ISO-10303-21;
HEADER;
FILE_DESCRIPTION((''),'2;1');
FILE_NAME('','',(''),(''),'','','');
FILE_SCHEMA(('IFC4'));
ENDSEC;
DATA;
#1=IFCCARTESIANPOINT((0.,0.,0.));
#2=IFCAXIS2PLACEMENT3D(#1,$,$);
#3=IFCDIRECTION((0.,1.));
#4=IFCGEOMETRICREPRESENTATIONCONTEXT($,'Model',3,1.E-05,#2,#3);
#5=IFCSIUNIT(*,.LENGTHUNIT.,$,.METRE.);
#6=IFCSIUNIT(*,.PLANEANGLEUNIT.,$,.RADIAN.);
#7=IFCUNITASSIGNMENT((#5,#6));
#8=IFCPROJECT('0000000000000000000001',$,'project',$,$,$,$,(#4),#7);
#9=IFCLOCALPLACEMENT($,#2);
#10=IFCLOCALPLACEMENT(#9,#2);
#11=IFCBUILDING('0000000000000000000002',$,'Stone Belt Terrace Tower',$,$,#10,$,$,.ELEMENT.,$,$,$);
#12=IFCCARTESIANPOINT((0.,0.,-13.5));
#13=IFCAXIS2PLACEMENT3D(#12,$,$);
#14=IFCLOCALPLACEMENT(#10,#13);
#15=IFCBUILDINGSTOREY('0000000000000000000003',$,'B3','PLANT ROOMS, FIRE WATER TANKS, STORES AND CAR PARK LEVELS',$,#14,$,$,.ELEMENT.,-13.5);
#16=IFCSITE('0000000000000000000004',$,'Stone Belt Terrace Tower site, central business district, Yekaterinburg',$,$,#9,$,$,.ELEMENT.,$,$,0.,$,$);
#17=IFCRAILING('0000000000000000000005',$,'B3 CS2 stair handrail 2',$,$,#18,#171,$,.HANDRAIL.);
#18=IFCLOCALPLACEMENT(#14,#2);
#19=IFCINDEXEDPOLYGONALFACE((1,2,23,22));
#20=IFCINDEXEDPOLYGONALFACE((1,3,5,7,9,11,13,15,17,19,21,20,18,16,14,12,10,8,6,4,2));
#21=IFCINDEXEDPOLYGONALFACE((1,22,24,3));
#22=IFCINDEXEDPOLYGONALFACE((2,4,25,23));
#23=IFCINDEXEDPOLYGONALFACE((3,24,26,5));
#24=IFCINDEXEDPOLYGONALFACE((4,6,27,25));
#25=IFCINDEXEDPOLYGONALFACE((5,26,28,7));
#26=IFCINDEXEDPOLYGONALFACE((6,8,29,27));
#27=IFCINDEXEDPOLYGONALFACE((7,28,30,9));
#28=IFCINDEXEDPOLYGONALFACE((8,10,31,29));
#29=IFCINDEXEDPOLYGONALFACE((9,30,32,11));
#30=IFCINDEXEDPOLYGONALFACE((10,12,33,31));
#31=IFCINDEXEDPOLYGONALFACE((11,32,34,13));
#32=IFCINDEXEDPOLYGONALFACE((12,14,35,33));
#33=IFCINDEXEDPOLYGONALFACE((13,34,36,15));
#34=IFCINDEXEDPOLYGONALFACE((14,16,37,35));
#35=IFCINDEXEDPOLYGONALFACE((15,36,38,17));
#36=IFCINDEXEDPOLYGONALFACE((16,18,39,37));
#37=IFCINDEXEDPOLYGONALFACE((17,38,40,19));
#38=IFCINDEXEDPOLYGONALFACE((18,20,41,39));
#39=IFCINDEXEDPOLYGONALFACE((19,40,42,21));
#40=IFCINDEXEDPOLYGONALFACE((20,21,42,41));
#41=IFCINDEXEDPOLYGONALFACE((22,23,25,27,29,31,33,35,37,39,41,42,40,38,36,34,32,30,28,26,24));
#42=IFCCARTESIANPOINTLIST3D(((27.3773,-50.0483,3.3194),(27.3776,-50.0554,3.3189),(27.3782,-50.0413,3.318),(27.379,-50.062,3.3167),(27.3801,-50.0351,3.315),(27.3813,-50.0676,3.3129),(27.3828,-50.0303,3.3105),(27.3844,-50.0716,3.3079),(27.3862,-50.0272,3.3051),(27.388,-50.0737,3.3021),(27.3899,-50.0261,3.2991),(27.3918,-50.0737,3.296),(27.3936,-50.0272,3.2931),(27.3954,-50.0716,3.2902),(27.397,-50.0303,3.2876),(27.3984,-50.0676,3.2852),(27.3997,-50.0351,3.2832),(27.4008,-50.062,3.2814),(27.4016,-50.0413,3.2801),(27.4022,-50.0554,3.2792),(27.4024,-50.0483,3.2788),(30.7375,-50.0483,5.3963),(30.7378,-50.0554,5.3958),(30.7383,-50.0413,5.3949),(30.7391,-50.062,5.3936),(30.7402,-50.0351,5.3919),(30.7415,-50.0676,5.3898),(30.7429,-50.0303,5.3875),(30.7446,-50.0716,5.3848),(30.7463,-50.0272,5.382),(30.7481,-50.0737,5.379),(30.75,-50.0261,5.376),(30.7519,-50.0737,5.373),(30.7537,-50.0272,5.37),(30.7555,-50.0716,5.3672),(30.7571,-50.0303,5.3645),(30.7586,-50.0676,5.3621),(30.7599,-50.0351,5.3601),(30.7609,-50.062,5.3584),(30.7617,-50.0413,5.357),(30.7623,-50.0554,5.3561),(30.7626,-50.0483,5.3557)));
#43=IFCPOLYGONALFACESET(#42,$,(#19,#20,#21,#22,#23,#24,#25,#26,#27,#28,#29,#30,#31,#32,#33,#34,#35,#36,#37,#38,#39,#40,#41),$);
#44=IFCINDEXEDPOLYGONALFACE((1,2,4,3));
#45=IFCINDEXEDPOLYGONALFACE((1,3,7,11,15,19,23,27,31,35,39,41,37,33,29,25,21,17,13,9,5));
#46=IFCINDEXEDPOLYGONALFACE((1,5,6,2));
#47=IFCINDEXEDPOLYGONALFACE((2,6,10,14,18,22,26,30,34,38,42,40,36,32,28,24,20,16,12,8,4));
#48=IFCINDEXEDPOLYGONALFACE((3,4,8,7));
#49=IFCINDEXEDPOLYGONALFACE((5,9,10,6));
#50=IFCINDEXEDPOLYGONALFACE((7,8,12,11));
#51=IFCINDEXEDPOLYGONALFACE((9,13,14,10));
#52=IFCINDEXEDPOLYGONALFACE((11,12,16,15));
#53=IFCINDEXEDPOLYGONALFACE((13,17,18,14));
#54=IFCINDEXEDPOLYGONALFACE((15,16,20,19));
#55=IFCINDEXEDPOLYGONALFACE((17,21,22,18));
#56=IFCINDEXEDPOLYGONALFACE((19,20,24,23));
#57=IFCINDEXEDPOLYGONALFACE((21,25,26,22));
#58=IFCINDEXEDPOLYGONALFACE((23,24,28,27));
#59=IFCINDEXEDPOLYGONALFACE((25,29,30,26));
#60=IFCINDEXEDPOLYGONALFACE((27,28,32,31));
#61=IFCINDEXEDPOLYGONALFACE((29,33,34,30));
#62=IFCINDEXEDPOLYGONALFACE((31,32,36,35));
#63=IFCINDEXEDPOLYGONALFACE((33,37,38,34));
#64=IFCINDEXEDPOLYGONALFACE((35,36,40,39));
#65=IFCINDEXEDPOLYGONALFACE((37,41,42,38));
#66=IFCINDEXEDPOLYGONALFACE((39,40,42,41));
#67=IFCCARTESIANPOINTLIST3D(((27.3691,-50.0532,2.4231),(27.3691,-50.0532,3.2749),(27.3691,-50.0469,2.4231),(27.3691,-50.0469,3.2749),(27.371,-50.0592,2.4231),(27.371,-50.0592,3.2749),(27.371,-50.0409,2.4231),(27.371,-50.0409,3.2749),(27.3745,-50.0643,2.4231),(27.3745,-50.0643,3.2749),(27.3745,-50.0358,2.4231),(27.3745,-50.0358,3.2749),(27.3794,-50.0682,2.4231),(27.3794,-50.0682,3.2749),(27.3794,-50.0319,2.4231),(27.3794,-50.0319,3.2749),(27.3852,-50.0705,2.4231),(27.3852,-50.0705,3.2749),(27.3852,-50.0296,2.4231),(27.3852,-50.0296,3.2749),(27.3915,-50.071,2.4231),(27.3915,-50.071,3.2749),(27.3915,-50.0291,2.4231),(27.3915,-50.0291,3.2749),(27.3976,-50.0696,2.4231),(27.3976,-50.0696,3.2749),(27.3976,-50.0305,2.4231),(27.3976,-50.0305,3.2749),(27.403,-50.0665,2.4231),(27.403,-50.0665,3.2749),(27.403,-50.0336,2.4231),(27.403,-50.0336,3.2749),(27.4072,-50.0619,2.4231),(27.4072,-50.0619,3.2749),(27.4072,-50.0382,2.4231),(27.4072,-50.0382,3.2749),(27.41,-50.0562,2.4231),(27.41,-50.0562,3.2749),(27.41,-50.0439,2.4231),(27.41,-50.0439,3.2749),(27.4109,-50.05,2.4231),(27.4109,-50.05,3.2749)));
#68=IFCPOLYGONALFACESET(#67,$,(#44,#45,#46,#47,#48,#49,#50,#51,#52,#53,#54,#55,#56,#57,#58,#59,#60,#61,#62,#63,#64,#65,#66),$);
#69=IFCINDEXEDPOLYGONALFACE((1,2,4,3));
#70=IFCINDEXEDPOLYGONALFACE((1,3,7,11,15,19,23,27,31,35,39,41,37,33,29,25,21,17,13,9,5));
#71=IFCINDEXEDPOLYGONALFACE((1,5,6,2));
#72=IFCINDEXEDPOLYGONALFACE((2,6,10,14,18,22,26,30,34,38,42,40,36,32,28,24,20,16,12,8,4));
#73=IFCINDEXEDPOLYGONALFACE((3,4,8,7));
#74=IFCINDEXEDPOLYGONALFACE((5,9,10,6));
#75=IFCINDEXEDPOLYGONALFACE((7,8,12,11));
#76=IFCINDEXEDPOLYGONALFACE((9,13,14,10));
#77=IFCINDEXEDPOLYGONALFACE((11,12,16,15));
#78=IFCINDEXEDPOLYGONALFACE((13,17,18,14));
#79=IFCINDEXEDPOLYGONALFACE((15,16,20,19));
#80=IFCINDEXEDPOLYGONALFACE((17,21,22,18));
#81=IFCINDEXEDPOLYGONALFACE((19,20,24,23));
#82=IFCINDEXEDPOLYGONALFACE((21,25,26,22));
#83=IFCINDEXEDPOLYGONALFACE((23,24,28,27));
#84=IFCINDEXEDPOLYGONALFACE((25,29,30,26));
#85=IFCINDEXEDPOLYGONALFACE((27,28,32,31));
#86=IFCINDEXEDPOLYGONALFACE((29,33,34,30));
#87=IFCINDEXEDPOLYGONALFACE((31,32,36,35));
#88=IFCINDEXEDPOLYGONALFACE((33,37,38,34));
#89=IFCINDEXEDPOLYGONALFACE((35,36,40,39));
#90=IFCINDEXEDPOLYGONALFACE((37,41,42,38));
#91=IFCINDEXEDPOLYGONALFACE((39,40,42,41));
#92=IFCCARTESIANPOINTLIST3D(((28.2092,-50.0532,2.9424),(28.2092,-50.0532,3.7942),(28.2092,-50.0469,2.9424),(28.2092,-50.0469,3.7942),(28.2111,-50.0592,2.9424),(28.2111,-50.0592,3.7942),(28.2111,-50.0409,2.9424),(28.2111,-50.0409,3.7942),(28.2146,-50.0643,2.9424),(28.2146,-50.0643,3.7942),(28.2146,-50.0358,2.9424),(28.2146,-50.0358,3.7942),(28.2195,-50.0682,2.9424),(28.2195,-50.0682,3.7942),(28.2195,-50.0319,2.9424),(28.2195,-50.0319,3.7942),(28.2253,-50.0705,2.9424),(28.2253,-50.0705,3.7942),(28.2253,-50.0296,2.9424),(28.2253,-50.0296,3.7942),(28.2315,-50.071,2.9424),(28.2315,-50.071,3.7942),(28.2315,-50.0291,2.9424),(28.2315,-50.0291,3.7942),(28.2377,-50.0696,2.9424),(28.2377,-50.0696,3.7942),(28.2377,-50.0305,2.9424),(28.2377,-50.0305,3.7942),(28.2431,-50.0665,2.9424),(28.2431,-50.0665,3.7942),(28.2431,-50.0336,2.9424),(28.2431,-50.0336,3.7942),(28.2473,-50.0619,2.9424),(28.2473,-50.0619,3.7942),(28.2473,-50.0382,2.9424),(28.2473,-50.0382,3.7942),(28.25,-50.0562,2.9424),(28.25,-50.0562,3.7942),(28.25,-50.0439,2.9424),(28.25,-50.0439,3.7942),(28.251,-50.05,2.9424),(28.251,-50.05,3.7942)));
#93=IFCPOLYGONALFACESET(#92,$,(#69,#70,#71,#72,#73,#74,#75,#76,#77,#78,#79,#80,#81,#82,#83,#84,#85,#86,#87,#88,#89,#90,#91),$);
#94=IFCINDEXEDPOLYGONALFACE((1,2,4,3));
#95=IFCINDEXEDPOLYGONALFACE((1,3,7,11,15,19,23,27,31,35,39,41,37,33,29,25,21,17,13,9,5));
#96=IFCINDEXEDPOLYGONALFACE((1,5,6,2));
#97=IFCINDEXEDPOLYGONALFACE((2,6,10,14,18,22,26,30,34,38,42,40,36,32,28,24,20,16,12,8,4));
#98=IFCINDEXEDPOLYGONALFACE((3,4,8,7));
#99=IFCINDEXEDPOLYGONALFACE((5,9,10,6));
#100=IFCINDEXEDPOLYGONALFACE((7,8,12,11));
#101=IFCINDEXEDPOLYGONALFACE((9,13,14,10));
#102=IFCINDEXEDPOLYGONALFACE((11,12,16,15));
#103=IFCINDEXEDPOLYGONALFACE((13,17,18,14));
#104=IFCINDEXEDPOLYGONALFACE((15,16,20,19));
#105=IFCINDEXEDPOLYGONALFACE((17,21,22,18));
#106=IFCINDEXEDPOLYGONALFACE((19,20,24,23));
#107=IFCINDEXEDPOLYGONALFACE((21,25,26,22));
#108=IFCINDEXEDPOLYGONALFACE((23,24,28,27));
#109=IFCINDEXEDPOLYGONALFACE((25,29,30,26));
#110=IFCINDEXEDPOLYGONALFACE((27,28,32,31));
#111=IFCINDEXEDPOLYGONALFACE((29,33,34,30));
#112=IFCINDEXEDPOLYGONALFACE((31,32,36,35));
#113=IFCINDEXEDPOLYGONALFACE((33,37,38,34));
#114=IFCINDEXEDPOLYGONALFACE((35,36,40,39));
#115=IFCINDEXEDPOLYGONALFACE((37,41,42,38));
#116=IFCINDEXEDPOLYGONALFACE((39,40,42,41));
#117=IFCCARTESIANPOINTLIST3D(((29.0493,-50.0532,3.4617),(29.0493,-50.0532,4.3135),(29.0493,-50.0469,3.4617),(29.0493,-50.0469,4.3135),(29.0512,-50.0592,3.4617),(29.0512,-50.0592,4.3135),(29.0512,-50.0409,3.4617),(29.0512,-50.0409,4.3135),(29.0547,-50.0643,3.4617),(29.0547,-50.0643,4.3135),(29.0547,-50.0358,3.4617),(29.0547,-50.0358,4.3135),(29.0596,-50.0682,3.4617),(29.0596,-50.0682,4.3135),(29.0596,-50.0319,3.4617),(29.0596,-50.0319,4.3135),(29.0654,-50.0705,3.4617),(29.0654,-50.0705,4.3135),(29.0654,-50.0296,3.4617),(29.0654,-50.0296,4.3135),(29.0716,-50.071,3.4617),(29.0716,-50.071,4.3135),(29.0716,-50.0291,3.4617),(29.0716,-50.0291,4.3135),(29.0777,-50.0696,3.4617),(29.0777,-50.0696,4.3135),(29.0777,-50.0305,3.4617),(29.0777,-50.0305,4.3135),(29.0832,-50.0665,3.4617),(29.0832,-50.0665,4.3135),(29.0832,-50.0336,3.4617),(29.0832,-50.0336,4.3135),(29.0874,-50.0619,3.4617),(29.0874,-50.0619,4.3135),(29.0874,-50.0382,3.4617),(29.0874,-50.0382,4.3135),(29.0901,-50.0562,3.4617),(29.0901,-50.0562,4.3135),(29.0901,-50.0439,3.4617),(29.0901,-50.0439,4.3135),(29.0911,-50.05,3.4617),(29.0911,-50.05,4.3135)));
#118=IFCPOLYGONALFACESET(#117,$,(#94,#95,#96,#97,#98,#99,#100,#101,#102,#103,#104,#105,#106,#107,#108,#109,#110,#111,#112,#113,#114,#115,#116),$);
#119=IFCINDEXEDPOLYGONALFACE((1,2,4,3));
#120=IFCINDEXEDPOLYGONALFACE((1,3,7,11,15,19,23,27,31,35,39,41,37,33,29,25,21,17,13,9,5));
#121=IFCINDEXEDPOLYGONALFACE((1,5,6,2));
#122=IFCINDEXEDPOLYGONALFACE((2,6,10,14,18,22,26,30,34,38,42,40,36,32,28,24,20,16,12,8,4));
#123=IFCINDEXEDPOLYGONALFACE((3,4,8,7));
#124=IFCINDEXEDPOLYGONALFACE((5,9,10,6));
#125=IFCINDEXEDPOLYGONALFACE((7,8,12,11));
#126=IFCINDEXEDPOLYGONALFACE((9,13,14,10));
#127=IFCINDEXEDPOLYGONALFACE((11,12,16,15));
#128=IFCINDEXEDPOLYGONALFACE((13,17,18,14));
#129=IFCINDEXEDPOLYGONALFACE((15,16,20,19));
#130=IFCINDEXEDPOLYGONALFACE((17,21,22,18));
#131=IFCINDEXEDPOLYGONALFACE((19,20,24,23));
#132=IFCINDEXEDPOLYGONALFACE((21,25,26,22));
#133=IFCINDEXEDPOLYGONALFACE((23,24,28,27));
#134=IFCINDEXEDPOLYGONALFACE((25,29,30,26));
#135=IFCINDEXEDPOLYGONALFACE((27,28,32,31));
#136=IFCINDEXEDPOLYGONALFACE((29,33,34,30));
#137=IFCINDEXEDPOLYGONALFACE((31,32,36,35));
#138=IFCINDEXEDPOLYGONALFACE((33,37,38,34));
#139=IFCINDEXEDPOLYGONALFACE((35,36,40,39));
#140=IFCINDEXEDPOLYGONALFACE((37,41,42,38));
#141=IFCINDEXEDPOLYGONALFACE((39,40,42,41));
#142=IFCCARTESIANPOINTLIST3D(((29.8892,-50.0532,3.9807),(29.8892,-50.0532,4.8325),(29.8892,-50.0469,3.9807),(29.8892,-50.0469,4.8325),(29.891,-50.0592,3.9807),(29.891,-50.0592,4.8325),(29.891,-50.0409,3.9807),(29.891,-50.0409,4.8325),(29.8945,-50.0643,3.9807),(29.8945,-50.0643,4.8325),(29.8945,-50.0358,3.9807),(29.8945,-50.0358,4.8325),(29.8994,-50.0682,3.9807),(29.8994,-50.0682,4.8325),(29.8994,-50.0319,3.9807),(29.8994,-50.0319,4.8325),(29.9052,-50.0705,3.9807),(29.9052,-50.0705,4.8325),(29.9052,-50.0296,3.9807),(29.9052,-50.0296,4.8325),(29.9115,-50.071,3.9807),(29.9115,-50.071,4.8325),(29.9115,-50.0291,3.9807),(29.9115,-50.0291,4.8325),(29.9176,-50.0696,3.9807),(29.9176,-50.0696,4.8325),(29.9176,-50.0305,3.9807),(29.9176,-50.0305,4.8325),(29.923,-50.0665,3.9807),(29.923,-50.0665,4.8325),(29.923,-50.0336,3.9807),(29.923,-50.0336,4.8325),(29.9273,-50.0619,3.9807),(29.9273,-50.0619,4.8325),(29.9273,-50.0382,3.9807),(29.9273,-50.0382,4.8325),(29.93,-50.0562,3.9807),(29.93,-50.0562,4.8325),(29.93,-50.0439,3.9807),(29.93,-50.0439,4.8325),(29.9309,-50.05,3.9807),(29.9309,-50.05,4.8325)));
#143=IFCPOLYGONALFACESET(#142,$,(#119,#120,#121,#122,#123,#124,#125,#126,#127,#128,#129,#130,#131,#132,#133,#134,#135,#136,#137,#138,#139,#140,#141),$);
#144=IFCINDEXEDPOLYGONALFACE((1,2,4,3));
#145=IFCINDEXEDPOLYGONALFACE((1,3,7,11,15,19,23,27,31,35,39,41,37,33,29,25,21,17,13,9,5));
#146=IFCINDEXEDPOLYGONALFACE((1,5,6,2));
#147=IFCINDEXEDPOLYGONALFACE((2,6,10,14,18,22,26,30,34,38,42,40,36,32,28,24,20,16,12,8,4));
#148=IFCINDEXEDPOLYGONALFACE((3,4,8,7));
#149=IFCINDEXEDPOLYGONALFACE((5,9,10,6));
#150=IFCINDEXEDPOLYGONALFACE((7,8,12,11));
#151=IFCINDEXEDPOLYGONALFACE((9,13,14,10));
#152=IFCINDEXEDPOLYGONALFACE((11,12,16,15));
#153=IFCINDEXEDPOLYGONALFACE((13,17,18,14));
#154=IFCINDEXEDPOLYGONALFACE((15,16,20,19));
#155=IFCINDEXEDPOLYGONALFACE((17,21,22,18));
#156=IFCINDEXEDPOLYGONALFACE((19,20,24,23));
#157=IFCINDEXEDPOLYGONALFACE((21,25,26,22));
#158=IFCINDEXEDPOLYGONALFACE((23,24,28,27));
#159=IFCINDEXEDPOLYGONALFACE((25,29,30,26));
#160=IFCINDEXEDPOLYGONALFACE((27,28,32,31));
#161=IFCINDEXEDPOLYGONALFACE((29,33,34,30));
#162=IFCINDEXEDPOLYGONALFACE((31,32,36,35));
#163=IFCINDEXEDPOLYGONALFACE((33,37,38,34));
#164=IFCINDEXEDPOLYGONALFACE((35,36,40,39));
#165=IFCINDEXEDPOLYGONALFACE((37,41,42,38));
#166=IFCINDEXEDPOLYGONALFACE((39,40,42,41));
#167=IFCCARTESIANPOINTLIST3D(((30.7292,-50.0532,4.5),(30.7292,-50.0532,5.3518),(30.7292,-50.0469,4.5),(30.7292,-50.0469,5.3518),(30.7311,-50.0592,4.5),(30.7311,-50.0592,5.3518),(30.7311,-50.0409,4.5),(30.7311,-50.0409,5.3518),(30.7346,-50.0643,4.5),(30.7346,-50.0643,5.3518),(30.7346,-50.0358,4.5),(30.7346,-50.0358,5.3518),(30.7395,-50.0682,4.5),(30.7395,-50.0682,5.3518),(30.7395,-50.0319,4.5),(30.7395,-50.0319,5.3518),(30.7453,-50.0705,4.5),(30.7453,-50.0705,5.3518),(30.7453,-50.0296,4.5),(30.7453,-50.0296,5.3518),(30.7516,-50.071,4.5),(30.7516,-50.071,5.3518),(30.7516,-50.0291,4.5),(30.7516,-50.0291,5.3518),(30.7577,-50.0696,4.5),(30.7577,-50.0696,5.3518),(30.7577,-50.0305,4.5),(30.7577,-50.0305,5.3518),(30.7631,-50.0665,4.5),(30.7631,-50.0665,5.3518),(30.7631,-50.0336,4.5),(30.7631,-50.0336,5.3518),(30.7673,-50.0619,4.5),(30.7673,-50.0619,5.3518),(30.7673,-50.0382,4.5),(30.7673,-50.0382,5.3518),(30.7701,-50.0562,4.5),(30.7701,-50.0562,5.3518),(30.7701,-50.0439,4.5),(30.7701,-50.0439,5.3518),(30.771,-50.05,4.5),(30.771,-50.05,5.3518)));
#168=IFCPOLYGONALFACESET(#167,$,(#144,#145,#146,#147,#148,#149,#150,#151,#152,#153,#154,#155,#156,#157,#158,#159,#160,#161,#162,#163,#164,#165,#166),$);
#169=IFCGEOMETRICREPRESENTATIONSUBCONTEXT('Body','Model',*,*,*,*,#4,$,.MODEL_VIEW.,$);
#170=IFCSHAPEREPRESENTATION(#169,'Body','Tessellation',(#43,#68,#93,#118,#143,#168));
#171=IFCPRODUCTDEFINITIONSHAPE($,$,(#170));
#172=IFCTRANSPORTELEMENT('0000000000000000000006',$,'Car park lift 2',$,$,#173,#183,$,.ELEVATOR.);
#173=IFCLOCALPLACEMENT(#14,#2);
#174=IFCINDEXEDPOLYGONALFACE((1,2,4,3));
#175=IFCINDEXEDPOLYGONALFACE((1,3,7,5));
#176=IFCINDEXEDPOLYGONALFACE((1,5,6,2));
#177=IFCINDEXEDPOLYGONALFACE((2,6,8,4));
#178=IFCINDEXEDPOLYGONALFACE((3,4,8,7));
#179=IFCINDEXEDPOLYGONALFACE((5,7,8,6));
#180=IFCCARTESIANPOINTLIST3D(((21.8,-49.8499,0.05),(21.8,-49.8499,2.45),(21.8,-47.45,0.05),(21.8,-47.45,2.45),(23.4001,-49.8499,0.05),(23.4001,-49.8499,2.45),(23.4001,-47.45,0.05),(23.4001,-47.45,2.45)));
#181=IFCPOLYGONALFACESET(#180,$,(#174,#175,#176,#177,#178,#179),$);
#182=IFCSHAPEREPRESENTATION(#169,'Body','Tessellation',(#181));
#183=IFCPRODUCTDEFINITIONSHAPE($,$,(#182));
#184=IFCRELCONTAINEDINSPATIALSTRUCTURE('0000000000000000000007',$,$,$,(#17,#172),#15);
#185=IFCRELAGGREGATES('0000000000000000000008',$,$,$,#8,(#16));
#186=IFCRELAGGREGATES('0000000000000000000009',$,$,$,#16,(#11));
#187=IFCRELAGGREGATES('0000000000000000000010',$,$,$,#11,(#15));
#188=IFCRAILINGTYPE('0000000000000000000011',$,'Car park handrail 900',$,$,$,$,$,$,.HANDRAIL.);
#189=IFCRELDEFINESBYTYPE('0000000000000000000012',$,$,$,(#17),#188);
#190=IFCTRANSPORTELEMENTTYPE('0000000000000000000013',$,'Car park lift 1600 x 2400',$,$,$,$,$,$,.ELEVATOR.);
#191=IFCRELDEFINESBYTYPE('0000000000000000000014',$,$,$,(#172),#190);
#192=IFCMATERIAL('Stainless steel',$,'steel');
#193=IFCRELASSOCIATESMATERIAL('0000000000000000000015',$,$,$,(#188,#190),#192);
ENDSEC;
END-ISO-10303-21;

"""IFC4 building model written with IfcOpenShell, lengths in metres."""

from ifc_helpers import new_model, si_unit, direction, frame, origin, origin_2d, place, context, subcontext, project, spatial, rectangle, circle, extrude, material, type_object, element, save


model = new_model("IFC4")

# Units and contexts
model_context = context("Model", 3, precision=1e-05, world=origin(), true_north=direction((0.0, 1.0)))
body_context = subcontext(model_context, "Body", "Model", "MODEL_VIEW")
ifc_project = project(units=[si_unit("LENGTHUNIT", "METRE"), si_unit("PLANEANGLEUNIT", "RADIAN")], contexts=[model_context])

# Site, building, storey
site_placement = place(None, origin())
site = spatial("IfcSite", under=ifc_project, at=site_placement, Name="Stone Belt Terrace Tower site, central business district, Yekaterinburg", CompositionType="ELEMENT", RefElevation=0.0)
building_placement = place(site_placement, origin())
building = spatial("IfcBuilding", under=site, at=building_placement, Name="Stone Belt Terrace Tower", CompositionType="ELEMENT")
storey_placement = place(building_placement, frame((0.0, 0.0, -13.5)))
storey = spatial("IfcBuildingStorey", under=building, at=storey_placement, Name="B3", Description="PLANT ROOMS, FIRE WATER TANKS, STORES AND CAR PARK LEVELS", CompositionType="ELEMENT", Elevation=-13.5)

# Railing
ifc_material_1 = material(Name="Stainless steel", Category="steel")
railing_type_1 = type_object("IfcRailingType", Name="Car park handrail 900", PredefinedType="HANDRAIL", material=ifc_material_1)
railing_1_placement = place(storey_placement, frame((27.3899, -50.05, 2.4231)))
element("IfcRailing", 1, at=railing_1_placement, inside=storey, type_object=railing_type_1, Name="B3 CS2 stair handrail 2", PredefinedType="HANDRAIL", context=body_context, shape_type="SweptSolid", body=[
    extrude(circle(Radius=0.0239, at=origin_2d()), frame((0.0, 0.0, 0.876), z_axis=(0.850623, 0.0, 0.525776), x_axis=(0.0, 1.0, 0.0)), (0.0, 0.0, 1.0), 3.9502),
    extrude(circle(Radius=0.021, at=origin_2d()), origin(), (0.0, 0.0, 1.0), 0.8518),
    extrude(circle(Radius=0.021, at=origin_2d()), frame((0.8401, 0.0, 0.5193)), (0.0, 0.0, 1.0), 0.8518),
    extrude(circle(Radius=0.021, at=origin_2d()), frame((1.6802, 0.0, 1.0386)), (0.0, 0.0, 1.0), 0.8518),
    extrude(circle(Radius=0.021, at=origin_2d()), frame((2.52, 0.0, 1.5576)), (0.0, 0.0, 1.0), 0.8518),
    extrude(circle(Radius=0.021, at=origin_2d()), frame((3.3601, 0.0, 2.0769)), (0.0, 0.0, 1.0), 0.8518),
])

# Transport element
transport_element_type = type_object("IfcTransportElementType", Name="Car park lift 1600 x 2400", PredefinedType="ELEVATOR", material=ifc_material_1)
transport_element_placement = place(storey_placement, frame((22.6001, -48.6499, 0.05), z_axis=(0.0, 0.0, 1.0), x_axis=(1.0, 0.0, 0.0)))
element("IfcTransportElement", 2, at=transport_element_placement, inside=storey, type_object=transport_element_type, Name="Car park lift 2", PredefinedType="ELEVATOR", context=body_context, shape_type="SweptSolid", body=[
    extrude(rectangle(XDim=1.6001, YDim=2.3999, at=origin_2d()), origin(), (0.0, 0.0, 1.0), 2.3999),
])

save(model, "model.ifc")
